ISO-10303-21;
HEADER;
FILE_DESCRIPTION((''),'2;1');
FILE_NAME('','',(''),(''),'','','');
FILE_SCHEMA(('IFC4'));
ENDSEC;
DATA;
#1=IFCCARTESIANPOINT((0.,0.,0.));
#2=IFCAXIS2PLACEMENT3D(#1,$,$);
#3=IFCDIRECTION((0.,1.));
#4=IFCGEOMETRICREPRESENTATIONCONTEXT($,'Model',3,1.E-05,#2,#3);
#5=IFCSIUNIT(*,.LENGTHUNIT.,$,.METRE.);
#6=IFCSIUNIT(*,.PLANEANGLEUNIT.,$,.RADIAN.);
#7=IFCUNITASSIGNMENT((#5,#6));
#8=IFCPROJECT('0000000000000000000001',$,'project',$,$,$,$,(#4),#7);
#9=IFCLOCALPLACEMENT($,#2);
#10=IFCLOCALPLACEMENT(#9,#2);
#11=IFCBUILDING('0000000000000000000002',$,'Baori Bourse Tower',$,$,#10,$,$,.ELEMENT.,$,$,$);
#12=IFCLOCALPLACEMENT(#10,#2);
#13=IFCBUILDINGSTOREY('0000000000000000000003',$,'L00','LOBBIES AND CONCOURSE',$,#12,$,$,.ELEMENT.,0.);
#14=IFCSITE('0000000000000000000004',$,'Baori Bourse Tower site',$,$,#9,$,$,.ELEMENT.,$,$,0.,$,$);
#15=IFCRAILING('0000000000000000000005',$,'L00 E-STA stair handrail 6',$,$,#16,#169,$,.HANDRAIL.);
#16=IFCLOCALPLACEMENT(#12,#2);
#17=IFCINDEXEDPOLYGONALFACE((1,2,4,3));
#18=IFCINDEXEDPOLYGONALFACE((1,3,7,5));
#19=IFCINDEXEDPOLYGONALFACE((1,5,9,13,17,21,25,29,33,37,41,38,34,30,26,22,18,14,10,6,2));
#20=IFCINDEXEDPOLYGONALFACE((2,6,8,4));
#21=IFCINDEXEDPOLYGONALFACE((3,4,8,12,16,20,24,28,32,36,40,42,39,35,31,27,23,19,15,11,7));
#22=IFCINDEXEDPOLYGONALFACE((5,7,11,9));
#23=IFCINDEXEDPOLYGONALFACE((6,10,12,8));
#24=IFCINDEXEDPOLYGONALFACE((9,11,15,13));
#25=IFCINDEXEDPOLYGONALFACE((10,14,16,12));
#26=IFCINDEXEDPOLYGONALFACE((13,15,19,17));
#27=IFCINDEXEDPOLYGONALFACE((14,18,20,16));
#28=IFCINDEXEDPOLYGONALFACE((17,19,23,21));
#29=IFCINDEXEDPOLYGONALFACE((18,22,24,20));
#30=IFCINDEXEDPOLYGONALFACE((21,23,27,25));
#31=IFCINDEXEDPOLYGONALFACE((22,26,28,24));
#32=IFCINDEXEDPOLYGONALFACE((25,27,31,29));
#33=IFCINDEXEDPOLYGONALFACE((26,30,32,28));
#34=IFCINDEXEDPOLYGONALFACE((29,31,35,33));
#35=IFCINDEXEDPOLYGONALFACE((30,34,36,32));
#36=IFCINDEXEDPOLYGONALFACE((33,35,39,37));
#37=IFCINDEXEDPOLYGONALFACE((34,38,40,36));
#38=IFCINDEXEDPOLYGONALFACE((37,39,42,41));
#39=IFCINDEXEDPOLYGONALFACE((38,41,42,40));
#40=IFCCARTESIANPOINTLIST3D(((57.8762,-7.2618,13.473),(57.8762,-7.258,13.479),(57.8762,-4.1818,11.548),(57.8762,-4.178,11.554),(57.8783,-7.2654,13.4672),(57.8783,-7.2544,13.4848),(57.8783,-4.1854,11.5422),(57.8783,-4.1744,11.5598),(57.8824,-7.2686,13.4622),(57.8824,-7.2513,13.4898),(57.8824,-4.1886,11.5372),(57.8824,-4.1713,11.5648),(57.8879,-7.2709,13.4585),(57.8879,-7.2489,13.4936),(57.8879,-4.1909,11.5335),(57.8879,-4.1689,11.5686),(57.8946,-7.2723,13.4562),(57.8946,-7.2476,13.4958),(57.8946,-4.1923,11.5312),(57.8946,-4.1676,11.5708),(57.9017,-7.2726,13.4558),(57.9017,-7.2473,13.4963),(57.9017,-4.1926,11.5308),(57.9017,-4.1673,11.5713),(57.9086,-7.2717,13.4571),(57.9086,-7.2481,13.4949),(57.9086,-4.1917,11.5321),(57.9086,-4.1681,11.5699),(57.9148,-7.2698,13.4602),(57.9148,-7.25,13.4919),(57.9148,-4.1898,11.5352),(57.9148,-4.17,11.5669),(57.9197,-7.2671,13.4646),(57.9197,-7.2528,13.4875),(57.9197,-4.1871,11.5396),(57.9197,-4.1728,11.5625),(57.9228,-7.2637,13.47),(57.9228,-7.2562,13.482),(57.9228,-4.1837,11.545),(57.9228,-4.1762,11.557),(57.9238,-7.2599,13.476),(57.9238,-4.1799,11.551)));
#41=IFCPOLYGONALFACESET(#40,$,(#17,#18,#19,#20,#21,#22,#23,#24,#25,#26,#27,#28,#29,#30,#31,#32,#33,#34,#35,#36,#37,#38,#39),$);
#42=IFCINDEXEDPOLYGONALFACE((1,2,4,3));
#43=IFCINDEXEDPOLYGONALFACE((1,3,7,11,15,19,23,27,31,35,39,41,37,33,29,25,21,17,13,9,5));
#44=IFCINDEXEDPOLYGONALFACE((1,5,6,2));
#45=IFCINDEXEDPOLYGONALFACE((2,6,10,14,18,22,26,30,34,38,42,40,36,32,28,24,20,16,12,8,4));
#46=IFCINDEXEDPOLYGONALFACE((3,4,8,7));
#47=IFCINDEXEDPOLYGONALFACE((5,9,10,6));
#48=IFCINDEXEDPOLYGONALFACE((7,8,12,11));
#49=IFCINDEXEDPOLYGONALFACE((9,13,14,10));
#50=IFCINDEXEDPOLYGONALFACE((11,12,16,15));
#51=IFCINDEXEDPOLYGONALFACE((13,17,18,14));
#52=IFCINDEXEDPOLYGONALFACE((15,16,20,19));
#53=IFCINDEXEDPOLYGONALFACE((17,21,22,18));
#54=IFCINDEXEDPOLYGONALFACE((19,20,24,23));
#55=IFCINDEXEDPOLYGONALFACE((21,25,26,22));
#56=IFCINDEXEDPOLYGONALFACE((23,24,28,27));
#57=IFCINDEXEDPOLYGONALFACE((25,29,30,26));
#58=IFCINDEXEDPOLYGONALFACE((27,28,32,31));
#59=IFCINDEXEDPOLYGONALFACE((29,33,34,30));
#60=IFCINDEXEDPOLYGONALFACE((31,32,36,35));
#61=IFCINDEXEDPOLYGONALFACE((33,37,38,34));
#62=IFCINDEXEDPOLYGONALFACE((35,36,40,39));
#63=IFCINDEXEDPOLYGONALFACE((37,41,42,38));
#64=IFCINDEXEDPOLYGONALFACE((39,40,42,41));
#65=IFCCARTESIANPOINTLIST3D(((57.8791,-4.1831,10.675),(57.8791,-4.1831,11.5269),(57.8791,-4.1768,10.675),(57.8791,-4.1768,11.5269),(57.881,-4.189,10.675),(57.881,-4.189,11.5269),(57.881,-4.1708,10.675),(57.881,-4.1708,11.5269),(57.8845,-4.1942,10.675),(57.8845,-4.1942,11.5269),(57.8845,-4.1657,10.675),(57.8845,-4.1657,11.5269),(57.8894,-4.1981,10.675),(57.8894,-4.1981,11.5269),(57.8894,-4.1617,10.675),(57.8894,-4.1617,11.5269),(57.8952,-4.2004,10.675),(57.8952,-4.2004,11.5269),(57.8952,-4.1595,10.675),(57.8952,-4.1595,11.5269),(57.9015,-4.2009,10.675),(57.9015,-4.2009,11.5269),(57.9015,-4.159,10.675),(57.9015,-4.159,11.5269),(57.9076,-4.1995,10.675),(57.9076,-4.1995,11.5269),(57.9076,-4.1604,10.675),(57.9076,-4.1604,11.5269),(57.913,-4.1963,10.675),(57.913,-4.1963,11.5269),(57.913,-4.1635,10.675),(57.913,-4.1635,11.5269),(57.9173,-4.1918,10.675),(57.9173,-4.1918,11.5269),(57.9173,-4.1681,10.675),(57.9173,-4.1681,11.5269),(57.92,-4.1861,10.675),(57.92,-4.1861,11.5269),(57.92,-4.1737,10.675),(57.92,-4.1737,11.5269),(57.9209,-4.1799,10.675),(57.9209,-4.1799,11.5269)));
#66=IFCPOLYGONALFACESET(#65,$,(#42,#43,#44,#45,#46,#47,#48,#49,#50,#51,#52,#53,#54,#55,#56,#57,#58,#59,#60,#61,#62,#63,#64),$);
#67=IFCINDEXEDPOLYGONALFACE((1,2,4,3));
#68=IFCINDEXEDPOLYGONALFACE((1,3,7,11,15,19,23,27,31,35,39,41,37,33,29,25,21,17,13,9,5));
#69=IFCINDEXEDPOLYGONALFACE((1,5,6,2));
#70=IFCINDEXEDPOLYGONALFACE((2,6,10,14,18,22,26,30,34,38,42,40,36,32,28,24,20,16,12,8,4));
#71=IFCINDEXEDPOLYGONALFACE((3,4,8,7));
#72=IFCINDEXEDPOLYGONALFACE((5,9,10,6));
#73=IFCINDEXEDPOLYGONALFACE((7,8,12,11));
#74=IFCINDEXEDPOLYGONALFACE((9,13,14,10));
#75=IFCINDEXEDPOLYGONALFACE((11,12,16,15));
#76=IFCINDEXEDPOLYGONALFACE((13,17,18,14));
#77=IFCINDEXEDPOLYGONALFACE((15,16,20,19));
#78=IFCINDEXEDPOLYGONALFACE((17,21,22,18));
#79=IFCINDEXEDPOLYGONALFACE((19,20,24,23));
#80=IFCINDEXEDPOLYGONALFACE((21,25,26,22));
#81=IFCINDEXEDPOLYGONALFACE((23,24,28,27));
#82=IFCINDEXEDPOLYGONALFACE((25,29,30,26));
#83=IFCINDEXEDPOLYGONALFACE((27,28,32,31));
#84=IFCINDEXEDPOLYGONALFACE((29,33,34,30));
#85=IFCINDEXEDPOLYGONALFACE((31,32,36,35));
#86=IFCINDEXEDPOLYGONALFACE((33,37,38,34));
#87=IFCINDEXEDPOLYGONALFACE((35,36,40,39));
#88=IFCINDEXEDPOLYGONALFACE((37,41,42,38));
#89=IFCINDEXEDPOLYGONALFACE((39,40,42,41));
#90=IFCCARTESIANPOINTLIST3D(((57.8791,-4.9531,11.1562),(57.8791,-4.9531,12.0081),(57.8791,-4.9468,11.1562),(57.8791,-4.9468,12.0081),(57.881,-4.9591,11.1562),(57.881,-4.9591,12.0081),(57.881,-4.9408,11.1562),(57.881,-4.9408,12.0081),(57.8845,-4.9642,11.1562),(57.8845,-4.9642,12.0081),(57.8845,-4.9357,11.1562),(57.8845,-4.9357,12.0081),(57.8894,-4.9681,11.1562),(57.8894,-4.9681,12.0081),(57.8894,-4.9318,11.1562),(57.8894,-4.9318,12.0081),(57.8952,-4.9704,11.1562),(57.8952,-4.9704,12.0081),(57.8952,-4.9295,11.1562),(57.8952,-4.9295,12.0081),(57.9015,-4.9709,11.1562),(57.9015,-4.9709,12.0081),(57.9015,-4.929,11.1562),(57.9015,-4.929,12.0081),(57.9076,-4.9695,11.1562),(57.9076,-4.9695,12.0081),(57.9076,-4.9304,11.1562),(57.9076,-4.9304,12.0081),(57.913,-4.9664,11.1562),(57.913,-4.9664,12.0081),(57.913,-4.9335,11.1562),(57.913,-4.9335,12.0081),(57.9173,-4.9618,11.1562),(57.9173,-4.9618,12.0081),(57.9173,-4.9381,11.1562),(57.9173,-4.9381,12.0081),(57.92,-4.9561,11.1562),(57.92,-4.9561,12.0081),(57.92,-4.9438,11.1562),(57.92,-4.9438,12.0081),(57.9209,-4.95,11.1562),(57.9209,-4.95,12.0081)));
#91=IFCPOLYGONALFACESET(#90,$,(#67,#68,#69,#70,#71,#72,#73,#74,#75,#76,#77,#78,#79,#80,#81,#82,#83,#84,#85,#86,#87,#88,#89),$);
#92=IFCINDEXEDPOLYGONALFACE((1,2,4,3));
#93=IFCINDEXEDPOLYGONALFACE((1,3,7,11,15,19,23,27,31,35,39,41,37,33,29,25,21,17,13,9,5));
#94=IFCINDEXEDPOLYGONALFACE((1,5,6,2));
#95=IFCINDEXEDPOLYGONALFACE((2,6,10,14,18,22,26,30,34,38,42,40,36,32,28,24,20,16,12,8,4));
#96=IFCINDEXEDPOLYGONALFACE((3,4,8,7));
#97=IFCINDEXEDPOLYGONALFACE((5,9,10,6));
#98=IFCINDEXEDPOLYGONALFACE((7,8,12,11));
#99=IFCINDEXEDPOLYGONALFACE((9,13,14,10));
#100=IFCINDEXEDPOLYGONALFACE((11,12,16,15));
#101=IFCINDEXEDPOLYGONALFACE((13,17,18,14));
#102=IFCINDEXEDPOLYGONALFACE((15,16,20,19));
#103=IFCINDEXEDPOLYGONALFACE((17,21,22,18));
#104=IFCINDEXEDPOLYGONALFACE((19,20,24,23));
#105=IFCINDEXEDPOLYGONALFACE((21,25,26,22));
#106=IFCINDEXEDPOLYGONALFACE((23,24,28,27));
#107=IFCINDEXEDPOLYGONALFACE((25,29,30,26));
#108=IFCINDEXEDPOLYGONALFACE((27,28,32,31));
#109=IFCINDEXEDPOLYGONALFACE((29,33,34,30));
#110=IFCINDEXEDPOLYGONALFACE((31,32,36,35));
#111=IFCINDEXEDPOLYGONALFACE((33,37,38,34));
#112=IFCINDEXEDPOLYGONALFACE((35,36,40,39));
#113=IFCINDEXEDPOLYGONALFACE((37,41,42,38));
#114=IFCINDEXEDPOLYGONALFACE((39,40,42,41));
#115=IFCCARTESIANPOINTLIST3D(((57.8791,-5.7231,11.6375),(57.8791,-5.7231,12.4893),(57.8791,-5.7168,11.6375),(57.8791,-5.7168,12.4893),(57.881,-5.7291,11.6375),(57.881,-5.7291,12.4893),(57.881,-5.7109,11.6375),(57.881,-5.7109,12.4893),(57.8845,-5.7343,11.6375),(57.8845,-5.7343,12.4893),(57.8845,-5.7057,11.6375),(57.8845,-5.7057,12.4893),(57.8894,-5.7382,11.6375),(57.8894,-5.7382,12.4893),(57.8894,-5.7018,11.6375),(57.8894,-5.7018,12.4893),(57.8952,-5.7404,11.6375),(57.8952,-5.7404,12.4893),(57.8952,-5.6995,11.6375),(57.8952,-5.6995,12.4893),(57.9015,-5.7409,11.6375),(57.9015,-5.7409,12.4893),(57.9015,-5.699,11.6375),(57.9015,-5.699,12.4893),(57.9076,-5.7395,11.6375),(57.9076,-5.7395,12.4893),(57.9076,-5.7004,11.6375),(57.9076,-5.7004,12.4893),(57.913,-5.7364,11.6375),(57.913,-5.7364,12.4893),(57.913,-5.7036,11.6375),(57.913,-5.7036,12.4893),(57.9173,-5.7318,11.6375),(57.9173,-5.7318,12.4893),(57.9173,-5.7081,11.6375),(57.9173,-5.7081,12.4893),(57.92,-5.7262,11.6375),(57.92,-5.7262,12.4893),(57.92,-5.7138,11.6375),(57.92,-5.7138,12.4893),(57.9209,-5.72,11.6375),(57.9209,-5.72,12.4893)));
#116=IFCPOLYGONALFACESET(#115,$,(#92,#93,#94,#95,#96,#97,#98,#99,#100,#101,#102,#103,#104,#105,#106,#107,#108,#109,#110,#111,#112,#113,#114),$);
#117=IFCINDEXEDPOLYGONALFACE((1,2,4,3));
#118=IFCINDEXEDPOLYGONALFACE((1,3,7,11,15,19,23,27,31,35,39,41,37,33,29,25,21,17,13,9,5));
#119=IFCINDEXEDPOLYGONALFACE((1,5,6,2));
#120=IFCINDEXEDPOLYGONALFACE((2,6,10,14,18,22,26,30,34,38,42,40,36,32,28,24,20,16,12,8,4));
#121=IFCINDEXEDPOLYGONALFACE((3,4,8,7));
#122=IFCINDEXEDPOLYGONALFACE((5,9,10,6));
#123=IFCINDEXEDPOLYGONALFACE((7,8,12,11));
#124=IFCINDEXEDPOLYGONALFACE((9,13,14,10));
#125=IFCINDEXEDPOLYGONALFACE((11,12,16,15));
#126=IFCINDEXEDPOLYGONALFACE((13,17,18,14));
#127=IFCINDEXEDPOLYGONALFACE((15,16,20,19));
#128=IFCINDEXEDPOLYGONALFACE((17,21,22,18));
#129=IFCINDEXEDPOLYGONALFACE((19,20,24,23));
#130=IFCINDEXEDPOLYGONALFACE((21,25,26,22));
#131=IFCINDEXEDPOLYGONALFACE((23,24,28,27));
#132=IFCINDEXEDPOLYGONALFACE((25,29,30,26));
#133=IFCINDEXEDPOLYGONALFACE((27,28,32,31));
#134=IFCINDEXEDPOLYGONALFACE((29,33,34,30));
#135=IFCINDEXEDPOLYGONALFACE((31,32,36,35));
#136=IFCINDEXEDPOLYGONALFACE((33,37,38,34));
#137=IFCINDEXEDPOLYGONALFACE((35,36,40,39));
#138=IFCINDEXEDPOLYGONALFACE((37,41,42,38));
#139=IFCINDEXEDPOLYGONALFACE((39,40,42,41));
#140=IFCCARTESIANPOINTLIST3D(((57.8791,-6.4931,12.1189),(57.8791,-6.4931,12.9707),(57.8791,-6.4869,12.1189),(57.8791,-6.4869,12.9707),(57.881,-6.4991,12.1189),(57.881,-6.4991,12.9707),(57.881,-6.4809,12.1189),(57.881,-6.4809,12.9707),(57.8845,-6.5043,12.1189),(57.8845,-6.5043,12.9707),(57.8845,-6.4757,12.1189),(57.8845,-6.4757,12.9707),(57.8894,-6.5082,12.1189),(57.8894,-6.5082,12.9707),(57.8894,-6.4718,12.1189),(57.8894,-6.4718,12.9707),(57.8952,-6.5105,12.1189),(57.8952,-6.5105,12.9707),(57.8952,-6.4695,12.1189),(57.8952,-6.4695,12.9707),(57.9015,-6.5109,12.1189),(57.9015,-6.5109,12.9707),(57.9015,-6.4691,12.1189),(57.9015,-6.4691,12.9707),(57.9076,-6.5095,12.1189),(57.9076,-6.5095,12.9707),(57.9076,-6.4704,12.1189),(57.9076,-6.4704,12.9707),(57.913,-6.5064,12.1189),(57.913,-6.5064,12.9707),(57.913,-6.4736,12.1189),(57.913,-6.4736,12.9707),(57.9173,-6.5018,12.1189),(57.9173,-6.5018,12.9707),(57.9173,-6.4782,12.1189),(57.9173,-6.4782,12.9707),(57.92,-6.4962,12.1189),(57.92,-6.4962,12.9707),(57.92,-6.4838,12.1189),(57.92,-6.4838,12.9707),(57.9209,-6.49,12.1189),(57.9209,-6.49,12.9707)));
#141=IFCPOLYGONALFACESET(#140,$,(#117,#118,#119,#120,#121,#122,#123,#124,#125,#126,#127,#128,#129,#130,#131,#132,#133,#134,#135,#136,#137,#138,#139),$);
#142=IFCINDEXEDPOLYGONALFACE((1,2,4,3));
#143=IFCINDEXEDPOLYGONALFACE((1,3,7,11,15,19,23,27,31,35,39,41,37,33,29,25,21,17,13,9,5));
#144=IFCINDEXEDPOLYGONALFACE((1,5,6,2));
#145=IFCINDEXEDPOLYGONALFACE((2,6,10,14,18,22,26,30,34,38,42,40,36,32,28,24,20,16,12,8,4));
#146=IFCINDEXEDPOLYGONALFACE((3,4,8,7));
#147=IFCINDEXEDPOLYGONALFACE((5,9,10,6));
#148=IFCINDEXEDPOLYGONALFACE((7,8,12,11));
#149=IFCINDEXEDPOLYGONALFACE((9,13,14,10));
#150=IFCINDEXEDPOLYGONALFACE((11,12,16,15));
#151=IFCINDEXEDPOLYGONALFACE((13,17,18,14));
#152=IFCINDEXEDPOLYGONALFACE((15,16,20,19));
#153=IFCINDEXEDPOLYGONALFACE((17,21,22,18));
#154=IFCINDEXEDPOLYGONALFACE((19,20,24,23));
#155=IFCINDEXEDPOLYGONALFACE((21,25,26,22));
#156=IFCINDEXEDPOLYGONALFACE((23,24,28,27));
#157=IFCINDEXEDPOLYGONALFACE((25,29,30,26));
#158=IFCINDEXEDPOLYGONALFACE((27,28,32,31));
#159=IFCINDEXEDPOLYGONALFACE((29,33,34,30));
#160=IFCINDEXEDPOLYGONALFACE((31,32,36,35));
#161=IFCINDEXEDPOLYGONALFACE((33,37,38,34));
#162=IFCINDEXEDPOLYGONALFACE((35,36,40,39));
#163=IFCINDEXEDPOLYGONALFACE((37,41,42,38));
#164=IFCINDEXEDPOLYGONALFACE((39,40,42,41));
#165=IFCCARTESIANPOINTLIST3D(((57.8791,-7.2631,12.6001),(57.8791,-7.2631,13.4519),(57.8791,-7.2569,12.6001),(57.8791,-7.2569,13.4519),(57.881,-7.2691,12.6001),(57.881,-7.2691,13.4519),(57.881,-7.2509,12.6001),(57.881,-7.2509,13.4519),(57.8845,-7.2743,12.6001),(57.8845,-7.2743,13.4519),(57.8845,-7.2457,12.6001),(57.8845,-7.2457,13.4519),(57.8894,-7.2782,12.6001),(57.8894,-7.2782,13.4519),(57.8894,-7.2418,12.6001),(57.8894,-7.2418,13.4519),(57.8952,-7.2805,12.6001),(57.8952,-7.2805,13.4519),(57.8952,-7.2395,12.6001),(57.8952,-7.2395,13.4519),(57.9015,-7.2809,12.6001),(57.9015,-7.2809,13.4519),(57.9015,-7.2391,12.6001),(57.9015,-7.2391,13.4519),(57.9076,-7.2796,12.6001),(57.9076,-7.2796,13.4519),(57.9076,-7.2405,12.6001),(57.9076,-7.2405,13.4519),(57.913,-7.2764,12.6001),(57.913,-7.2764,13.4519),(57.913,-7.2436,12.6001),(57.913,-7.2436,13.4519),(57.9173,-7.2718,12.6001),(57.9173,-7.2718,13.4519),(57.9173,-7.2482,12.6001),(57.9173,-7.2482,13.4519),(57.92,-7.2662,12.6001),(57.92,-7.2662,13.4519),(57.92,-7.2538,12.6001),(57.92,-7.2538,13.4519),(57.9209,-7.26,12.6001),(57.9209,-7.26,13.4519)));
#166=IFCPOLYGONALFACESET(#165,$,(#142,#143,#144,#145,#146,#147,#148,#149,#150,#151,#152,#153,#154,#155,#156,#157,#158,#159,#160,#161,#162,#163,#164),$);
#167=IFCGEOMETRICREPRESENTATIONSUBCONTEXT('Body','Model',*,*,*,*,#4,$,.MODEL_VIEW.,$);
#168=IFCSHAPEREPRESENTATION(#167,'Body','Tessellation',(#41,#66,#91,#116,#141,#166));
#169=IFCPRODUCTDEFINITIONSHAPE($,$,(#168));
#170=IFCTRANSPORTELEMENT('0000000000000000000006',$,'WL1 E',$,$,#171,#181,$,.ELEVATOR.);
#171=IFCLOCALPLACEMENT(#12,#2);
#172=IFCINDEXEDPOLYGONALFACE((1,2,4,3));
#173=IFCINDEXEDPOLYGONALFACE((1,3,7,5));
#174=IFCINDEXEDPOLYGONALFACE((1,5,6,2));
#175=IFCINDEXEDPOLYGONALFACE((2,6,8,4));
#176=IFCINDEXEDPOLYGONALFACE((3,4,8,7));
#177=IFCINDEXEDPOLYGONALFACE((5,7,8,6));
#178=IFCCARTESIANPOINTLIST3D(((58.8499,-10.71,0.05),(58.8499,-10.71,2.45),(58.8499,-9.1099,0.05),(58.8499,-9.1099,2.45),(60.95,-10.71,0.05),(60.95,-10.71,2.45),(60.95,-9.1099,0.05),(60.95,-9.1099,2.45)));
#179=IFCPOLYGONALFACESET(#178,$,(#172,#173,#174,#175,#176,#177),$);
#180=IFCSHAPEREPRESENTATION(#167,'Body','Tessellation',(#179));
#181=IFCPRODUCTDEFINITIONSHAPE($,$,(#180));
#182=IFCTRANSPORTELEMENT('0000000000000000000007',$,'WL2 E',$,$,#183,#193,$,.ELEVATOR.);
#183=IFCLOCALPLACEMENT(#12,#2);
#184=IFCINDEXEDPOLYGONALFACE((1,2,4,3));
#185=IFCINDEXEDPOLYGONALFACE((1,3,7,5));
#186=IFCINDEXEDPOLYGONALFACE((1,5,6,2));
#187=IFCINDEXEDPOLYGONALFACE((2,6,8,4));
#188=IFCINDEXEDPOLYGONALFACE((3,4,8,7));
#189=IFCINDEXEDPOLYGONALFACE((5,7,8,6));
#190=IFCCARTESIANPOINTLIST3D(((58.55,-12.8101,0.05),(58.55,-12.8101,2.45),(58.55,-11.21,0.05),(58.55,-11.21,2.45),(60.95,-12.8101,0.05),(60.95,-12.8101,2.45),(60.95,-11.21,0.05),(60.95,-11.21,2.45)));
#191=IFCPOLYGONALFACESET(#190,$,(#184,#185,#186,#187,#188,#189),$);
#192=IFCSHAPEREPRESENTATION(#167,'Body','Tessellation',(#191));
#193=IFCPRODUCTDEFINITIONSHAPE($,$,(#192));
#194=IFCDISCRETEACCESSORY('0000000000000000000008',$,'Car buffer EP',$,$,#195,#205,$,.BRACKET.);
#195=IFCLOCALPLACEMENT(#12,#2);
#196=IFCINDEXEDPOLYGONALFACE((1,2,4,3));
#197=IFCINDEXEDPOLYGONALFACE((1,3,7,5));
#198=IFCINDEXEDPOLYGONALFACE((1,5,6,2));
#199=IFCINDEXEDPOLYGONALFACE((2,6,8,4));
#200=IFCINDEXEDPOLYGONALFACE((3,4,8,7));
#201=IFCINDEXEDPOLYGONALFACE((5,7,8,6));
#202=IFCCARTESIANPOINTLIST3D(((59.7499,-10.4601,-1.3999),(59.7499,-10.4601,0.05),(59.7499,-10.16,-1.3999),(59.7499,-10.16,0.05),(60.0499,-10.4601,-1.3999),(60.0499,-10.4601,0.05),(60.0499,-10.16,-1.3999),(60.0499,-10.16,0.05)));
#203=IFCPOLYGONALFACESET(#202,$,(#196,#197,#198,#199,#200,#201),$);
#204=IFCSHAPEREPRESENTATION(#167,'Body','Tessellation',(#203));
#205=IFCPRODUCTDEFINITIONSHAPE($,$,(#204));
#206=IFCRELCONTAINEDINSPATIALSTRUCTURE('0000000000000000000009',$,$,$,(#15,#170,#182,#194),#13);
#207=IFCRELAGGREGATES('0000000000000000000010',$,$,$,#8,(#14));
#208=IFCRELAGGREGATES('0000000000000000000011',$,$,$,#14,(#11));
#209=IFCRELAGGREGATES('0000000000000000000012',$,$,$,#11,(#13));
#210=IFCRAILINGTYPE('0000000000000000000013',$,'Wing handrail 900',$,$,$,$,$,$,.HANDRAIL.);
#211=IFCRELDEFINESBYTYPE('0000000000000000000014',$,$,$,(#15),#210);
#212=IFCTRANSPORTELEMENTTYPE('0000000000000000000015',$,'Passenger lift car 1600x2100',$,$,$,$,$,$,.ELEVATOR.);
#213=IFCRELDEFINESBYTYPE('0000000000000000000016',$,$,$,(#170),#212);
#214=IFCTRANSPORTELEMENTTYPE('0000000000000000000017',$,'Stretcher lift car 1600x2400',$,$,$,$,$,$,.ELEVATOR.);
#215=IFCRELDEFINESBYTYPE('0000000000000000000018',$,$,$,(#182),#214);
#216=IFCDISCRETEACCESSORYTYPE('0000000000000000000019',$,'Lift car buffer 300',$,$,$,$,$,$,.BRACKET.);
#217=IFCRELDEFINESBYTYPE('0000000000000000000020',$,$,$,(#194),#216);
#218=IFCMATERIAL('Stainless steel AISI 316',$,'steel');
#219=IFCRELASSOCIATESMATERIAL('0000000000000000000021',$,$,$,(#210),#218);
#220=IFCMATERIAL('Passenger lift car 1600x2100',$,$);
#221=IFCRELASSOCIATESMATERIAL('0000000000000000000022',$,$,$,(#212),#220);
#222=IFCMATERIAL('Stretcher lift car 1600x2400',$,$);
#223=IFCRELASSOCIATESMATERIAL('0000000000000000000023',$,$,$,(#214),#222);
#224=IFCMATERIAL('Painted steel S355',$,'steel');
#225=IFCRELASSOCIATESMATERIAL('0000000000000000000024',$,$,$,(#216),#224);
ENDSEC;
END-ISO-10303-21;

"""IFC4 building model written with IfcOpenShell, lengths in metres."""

from ifc_helpers import new_model, si_unit, direction, frame, origin, origin_2d, place, context, subcontext, project, spatial, rectangle, circle, extrude, material, type_object, element, save


model = new_model("IFC4")

# Units and contexts
model_context = context("Model", 3, precision=1e-05, world=origin(), true_north=direction((0.0, 1.0)))
body_context = subcontext(model_context, "Body", "Model", "MODEL_VIEW")
ifc_project = project(units=[si_unit("LENGTHUNIT", "METRE"), si_unit("PLANEANGLEUNIT", "RADIAN")], contexts=[model_context])

# Site, building, storey
site_placement = place(None, origin())
site = spatial("IfcSite", under=ifc_project, at=site_placement, Name="Baori Bourse Tower site", CompositionType="ELEMENT", RefElevation=0.0)
building_placement = place(site_placement, origin())
building = spatial("IfcBuilding", under=site, at=building_placement, Name="Baori Bourse Tower", CompositionType="ELEMENT")
storey_placement = place(building_placement, origin())
storey = spatial("IfcBuildingStorey", under=building, at=storey_placement, Name="L00", Description="LOBBIES AND CONCOURSE", CompositionType="ELEMENT", Elevation=0.0)

# Railing
ifc_material_1 = material(Name="Stainless steel AISI 316", Category="steel")
railing_type_1 = type_object("IfcRailingType", Name="Wing handrail 900", PredefinedType="HANDRAIL", material=ifc_material_1)
railing_1_placement = place(storey_placement, frame((57.8999, -4.1799, 10.675)))
element("IfcRailing", 1, at=railing_1_placement, inside=storey, type_object=railing_type_1, Name="L00 E-STA stair handrail 6", PredefinedType="HANDRAIL", context=body_context, shape_type="SweptSolid", body=[
    extrude(circle(Radius=0.0239, at=origin_2d()), frame((0.0, 0.0, 0.876), z_axis=(0.0, -0.847998, 0.529999), x_axis=(1.0, 0.0, 0.0)), (0.0, 0.0, 1.0), 3.6321),
    extrude(circle(Radius=0.021, at=origin_2d()), origin(), (0.0, 0.0, 1.0), 0.8518),
    extrude(circle(Radius=0.021, at=origin_2d()), frame((0.0, -0.77, 0.4812)), (0.0, 0.0, 1.0), 0.8518),
    extrude(circle(Radius=0.021, at=origin_2d()), frame((0.0, -1.54, 0.9624)), (0.0, 0.0, 1.0), 0.8518),
    extrude(circle(Radius=0.021, at=origin_2d()), frame((0.0, -2.3101, 1.4438)), (0.0, 0.0, 1.0), 0.8518),
    extrude(circle(Radius=0.021, at=origin_2d()), frame((0.0, -3.0801, 1.925)), (0.0, 0.0, 1.0), 0.8518),
])

# Transport elements
ifc_material_2 = material(Name="Passenger lift car 1600x2100")
transport_element_type_1 = type_object("IfcTransportElementType", Name="Passenger lift car 1600x2100", PredefinedType="ELEVATOR", material=ifc_material_2)
transport_element_1_placement = place(storey_placement, frame((59.8999, -9.9099, 0.05), z_axis=(0.0, 0.0, 1.0), x_axis=(1.0, 0.0, 0.0)))
element("IfcTransportElement", 2, at=transport_element_1_placement, inside=storey, type_object=transport_element_type_1, Name="WL1 E", PredefinedType="ELEVATOR", context=body_context, shape_type="SweptSolid", body=[
    extrude(rectangle(XDim=2.1001, YDim=1.6001, at=origin_2d()), origin(), (0.0, 0.0, 1.0), 2.3999),
])
ifc_material_3 = material(Name="Stretcher lift car 1600x2400")
transport_element_type_2 = type_object("IfcTransportElementType", Name="Stretcher lift car 1600x2400", PredefinedType="ELEVATOR", material=ifc_material_3)
transport_element_2_placement = place(storey_placement, frame((59.75, -12.01, 0.05), z_axis=(0.0, 0.0, 1.0), x_axis=(1.0, 0.0, 0.0)))
element("IfcTransportElement", 3, at=transport_element_2_placement, inside=storey, type_object=transport_element_type_2, Name="WL2 E", PredefinedType="ELEVATOR", context=body_context, shape_type="SweptSolid", body=[
    extrude(rectangle(XDim=2.3999, YDim=1.6001, at=origin_2d()), origin(), (0.0, 0.0, 1.0), 2.3999),
])

# Discrete accessory
ifc_material_4 = material(Name="Painted steel S355", Category="steel")
discrete_accessory_type = type_object("IfcDiscreteAccessoryType", Name="Lift car buffer 300", PredefinedType="BRACKET", material=ifc_material_4)
for number, where, z_axis, x_axis, name in (
    (4, (59.8999, -10.3101, -1.3999), (0.0, 0.0, 1.0), (1.0, 0.0, 0.0), "Car buffer EP"),
):
    element("IfcDiscreteAccessory", number, at=place(storey_placement, frame(where, z_axis=z_axis, x_axis=x_axis)), inside=storey, type_object=discrete_accessory_type, Name=name, PredefinedType="BRACKET", context=body_context, shape_type="SweptSolid", body=[
        extrude(rectangle(XDim=0.3, YDim=0.3, at=origin_2d()), origin(), (0.0, 0.0, 1.0), 1.45),
    ])

save(model, "model.ifc")
